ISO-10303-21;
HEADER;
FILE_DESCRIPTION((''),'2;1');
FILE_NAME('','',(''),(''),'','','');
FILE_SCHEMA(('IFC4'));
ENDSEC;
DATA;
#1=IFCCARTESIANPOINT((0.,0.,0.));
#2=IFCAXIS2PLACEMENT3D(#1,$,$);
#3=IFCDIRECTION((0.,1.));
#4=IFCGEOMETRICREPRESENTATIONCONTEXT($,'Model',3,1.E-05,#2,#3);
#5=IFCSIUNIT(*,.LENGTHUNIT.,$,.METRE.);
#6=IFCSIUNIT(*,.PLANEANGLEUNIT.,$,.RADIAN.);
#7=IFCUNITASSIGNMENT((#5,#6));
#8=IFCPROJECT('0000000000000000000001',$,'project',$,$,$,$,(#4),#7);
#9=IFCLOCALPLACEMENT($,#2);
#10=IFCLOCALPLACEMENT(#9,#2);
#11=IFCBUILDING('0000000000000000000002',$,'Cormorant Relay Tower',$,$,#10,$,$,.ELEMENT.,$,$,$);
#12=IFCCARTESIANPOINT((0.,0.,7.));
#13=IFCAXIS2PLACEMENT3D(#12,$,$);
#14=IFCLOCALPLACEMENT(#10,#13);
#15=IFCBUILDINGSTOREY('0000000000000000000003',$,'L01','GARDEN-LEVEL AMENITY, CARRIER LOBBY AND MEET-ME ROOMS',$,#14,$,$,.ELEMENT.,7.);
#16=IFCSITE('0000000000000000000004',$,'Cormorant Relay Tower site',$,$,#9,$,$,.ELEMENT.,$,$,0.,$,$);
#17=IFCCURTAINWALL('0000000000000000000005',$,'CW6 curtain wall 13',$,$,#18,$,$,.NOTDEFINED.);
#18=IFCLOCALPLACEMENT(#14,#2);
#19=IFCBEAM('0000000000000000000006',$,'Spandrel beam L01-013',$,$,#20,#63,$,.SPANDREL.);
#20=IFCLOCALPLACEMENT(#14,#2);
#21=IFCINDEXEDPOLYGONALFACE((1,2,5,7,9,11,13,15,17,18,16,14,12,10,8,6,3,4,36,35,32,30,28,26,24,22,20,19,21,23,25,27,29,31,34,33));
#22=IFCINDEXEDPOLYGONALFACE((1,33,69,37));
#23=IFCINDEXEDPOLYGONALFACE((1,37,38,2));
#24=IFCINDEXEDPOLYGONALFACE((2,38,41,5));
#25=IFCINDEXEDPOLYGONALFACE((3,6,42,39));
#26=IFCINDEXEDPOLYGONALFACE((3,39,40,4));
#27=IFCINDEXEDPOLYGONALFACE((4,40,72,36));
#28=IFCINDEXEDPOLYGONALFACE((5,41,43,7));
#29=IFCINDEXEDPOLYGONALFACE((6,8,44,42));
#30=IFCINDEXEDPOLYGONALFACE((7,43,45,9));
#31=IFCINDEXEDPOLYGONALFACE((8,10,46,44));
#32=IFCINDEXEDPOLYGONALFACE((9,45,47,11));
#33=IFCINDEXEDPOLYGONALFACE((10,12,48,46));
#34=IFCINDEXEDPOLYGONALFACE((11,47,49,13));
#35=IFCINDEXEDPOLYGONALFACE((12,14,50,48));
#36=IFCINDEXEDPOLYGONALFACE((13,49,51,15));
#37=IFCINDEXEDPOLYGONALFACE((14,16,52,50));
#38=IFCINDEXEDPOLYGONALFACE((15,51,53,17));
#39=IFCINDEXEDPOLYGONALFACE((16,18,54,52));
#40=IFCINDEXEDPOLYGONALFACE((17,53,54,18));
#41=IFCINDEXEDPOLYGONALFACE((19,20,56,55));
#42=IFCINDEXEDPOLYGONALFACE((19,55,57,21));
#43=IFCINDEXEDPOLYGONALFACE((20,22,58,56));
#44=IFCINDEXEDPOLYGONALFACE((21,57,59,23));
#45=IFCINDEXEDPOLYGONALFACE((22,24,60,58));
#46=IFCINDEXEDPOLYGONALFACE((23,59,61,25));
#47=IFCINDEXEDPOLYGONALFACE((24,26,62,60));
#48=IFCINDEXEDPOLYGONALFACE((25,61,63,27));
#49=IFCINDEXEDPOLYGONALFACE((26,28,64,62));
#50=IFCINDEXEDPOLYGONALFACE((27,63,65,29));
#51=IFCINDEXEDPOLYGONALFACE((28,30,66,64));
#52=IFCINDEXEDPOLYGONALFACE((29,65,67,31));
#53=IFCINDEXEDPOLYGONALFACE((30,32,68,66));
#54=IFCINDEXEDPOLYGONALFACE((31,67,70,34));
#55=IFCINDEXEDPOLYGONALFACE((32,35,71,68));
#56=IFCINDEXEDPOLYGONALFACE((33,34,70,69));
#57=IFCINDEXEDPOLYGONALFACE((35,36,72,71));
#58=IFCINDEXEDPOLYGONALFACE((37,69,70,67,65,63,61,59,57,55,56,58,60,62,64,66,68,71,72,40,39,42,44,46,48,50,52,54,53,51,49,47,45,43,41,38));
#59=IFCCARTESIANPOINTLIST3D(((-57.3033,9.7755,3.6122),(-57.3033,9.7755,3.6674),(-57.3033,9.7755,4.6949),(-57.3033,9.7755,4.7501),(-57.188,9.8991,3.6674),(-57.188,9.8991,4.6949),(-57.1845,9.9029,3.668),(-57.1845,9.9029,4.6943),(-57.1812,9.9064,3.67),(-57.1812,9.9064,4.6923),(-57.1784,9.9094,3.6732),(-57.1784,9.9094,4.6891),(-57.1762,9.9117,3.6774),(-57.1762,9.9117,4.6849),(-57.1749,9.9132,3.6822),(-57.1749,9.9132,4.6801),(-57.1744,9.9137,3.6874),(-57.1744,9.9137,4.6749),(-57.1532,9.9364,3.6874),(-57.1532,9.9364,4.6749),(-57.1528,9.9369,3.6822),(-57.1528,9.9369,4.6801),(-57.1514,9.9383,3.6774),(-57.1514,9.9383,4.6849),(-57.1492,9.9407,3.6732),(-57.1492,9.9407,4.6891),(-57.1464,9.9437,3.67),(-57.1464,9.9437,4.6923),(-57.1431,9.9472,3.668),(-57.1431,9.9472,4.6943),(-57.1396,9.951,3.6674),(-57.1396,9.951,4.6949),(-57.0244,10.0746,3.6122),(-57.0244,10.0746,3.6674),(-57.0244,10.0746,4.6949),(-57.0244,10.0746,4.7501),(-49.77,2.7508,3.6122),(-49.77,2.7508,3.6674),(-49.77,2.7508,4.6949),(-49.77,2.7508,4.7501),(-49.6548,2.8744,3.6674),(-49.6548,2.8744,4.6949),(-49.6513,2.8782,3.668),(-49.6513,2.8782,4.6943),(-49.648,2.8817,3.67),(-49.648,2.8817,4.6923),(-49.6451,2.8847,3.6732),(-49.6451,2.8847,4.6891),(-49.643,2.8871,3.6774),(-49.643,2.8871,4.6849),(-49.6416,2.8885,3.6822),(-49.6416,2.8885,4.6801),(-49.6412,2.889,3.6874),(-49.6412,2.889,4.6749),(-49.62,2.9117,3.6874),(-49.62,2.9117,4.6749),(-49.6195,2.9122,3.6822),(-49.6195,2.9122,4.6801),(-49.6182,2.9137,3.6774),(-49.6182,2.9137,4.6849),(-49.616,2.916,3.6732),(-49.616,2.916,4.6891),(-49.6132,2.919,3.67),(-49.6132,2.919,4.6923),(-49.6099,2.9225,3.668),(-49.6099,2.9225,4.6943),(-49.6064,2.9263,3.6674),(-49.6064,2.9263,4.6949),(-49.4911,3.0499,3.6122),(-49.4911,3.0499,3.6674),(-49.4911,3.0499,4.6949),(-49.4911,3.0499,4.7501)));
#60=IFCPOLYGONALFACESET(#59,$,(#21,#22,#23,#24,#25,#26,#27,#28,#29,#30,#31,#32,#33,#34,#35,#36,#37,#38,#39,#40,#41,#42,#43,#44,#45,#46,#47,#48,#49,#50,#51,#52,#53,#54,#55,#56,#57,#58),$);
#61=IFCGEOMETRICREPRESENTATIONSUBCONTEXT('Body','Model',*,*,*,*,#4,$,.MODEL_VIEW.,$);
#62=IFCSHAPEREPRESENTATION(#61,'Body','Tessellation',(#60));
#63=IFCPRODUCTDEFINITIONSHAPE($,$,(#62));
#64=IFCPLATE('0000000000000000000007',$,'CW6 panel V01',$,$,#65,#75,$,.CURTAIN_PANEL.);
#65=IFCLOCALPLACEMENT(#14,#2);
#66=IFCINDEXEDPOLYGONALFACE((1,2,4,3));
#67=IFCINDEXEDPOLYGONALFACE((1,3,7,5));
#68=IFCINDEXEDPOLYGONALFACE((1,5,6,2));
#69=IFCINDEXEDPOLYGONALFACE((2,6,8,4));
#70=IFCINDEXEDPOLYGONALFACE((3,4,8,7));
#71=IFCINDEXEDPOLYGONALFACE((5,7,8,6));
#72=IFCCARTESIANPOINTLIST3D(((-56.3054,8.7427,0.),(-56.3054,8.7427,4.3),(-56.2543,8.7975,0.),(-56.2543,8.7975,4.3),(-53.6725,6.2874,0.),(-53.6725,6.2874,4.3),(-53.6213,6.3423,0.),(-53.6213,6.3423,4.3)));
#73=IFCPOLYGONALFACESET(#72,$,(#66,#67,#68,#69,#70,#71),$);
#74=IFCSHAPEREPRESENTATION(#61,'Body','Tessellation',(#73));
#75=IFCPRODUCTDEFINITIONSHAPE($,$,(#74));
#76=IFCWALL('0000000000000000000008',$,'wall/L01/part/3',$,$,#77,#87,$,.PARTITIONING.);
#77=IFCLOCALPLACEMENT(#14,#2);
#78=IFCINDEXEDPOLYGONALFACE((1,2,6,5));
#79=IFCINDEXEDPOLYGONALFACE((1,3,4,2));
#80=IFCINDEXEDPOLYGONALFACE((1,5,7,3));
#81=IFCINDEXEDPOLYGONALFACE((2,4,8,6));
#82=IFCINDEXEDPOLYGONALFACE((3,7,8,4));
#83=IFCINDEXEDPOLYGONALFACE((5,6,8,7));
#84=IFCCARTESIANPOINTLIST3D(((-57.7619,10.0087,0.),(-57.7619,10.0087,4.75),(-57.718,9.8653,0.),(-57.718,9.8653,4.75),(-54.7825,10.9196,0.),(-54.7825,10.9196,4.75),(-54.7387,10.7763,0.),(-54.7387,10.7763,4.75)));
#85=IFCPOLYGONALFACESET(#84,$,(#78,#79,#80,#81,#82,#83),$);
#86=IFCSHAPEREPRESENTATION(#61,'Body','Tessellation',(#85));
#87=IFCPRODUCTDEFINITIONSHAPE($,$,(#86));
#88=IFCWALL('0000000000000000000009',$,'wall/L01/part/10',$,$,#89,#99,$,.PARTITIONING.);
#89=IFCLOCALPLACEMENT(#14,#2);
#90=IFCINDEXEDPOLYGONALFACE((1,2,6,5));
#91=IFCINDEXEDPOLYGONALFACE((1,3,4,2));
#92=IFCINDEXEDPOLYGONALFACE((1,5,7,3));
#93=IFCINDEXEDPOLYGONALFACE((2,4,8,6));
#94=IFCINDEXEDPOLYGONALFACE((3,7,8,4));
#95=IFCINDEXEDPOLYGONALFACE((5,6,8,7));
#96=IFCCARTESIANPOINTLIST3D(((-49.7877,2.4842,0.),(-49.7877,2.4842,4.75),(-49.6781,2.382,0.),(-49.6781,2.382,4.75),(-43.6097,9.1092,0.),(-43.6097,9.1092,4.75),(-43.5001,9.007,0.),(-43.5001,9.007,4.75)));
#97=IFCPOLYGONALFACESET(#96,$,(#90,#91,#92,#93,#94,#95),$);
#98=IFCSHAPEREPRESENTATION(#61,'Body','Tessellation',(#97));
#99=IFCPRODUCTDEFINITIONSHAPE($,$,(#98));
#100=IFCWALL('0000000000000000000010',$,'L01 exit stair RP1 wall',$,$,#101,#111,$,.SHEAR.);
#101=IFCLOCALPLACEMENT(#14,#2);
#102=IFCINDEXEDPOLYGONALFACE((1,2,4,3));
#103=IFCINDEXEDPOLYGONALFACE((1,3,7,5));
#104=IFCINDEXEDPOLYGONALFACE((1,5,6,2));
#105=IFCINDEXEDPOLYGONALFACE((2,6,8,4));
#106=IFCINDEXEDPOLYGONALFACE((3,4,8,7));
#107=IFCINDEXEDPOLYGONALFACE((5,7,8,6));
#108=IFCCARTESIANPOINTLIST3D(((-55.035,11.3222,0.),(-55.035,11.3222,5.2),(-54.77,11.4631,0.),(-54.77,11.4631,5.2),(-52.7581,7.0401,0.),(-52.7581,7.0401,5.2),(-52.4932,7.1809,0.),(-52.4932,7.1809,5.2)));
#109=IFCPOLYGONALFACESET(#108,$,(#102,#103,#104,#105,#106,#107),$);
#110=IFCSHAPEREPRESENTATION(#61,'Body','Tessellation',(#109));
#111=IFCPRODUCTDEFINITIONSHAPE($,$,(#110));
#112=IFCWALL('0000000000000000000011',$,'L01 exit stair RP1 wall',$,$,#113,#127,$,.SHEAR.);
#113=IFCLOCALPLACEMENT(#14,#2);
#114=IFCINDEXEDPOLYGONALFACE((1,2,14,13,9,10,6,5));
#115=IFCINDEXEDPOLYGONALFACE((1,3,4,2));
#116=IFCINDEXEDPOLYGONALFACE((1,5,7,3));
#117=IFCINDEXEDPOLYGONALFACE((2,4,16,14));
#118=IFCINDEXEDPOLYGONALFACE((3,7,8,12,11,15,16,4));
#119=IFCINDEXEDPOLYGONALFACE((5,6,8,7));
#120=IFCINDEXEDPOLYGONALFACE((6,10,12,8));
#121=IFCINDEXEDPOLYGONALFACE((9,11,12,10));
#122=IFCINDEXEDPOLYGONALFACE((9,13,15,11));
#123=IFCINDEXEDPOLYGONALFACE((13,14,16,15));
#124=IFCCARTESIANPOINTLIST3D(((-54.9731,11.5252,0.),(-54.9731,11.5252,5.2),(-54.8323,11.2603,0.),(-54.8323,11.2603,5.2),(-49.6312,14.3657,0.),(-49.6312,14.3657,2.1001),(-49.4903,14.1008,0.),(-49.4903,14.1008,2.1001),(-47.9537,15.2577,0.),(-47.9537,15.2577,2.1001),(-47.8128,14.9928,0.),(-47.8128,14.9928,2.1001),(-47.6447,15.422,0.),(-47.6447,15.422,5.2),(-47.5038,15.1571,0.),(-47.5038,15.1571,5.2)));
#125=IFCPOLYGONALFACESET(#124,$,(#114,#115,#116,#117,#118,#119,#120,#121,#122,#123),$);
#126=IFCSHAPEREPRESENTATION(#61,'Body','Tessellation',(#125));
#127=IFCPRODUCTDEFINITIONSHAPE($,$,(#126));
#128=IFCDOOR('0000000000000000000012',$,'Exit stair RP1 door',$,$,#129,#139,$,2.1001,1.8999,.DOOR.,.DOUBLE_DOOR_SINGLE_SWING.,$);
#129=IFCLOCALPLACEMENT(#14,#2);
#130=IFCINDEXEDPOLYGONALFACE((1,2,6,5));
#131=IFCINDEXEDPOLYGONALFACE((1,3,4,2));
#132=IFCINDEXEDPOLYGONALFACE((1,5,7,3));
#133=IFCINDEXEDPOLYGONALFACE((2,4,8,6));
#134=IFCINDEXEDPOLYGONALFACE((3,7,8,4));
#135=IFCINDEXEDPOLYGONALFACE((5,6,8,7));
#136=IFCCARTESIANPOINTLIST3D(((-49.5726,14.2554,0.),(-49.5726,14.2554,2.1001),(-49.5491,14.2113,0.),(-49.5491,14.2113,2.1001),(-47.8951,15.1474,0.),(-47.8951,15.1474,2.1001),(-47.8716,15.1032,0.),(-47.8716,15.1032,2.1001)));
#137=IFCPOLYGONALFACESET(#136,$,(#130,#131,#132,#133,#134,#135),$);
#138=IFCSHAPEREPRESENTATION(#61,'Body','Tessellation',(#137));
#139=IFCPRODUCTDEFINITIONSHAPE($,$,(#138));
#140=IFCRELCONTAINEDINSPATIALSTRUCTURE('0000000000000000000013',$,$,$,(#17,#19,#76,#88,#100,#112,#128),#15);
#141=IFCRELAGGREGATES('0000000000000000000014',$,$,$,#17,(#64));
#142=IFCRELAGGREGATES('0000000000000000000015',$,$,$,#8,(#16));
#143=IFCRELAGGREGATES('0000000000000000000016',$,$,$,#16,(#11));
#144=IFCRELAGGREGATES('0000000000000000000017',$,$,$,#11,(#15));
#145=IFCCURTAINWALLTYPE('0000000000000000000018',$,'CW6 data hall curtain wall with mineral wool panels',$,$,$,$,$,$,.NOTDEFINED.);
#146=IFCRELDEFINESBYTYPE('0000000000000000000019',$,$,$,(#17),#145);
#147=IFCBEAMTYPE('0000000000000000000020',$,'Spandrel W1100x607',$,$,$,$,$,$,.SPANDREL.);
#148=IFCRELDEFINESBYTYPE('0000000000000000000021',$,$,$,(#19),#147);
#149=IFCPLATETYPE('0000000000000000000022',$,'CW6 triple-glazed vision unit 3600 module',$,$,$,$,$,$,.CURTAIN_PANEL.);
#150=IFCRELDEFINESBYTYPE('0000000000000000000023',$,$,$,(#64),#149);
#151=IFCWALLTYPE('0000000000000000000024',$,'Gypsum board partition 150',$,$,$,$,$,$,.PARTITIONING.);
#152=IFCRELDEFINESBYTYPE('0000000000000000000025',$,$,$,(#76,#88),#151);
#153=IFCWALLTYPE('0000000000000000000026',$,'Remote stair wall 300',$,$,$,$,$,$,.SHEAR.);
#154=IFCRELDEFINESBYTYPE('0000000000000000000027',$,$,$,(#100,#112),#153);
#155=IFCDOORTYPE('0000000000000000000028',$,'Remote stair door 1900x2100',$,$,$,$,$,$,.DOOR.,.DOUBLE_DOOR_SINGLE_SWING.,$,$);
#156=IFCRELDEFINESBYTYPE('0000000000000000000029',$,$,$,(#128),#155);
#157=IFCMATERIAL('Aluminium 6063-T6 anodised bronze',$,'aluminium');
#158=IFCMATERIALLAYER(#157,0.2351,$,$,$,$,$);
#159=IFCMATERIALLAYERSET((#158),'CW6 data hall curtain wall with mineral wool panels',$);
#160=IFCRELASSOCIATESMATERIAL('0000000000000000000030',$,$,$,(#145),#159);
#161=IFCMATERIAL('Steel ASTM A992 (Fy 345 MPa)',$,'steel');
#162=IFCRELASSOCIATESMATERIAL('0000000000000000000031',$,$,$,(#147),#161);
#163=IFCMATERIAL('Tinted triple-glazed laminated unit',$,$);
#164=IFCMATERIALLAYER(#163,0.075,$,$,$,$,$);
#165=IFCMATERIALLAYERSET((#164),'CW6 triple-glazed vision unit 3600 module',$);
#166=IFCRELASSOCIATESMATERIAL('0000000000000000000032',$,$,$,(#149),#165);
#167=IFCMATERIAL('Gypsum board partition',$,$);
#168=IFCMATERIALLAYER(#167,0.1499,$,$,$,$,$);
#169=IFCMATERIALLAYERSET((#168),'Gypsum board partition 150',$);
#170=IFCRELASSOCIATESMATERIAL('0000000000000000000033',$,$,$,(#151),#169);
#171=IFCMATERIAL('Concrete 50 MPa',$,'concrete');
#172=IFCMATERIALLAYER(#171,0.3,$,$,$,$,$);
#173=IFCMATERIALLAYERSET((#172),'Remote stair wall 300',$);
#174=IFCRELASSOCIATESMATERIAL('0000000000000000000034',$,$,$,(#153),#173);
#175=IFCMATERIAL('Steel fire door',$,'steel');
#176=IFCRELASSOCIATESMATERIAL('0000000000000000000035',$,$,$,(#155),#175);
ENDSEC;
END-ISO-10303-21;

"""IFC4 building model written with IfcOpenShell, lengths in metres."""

from ifc_helpers import new_model, si_unit, direction, frame, frame_2d, origin, origin_2d, place, context, subcontext, project, spatial, rectangle, i_section, extrude, material, layer, layer_set, material_profile, profile_set, type_object, element, fill, aggregate, save


model = new_model("IFC4")

# Units and contexts
model_context = context("Model", 3, precision=1e-05, world=origin(), true_north=direction((0.0, 1.0)))
body_context = subcontext(model_context, "Body", "Model", "MODEL_VIEW")
ifc_project = project(units=[si_unit("LENGTHUNIT", "METRE"), si_unit("PLANEANGLEUNIT", "RADIAN")], contexts=[model_context])

# Site, building, storey
site_placement = place(None, origin())
site = spatial("IfcSite", under=ifc_project, at=site_placement, Name="Cormorant Relay Tower site", CompositionType="ELEMENT", RefElevation=0.0)
building_placement = place(site_placement, origin())
building = spatial("IfcBuilding", under=site, at=building_placement, Name="Cormorant Relay Tower", CompositionType="ELEMENT")
storey_placement = place(building_placement, frame((0.0, 0.0, 7.0)))
storey = spatial("IfcBuildingStorey", under=building, at=storey_placement, Name="L01", Description="GARDEN-LEVEL AMENITY, CARRIER LOBBY AND MEET-ME ROOMS", CompositionType="ELEMENT", Elevation=7.0)

# Curtain wall
ifc_material_1 = material(Name="Aluminium 6063-T6 anodised bronze", Category="aluminium")
ifc_layer_1 = layer(ifc_material_1, 0.2351)
ifc_layer_set_1 = layer_set([ifc_layer_1], Name="CW6 data hall curtain wall with mineral wool panels")
curtain_wall_type = type_object("IfcCurtainWallType", Name="CW6 data hall curtain wall with mineral wool panels", PredefinedType="NOTDEFINED", material=ifc_layer_set_1)
curtain_wall_1_placement = place(storey_placement, origin())
curtain_wall_1 = element("IfcCurtainWall", 1, at=curtain_wall_1_placement, inside=storey, type_object=curtain_wall_type, Name="CW6 curtain wall 13", PredefinedType="NOTDEFINED")

# Beam
ifc_material_2 = material(Name="Steel ASTM A992 (Fy 345 MPa)", Category="steel")
ifc_material_profile_1 = material_profile(ifc_material_2, i_section(OverallWidth=0.4089, OverallDepth=1.1379, WebThickness=0.031, FlangeThickness=0.0552, FilletRadius=0.02, at=origin_2d()), Name="W1100x607")
ifc_profile_set_1 = profile_set([ifc_material_profile_1], Name="Steel ASTM A992 (Fy 345 MPa)")
beam_type = type_object("IfcBeamType", Name="Spandrel W1100x607", PredefinedType="SPANDREL", material=ifc_profile_set_1)
beam_placement = place(storey_placement, frame((-57.1638, 9.925, 4.1812), z_axis=(0.731362, -0.68199, 0.0), x_axis=(0.68199, 0.731362, 0.0)))
element("IfcBeam", 2, at=beam_placement, inside=storey, type_object=beam_type, Name="Spandrel beam L01-013", PredefinedType="SPANDREL", context=body_context, shape_type="SweptSolid", body=[
    extrude(i_section(OverallWidth=0.4089, OverallDepth=1.1379, WebThickness=0.031, FlangeThickness=0.0552, FilletRadius=0.02, at=origin_2d()), origin(), (0.0, 0.0, 1.0), 10.3003),
])

# Plate
ifc_material_3 = material(Name="Tinted triple-glazed laminated unit")
ifc_layer_2 = layer(ifc_material_3, 0.075)
ifc_layer_set_2 = layer_set([ifc_layer_2], Name="CW6 triple-glazed vision unit 3600 module")
plate_type = type_object("IfcPlateType", Name="CW6 triple-glazed vision unit 3600 module", PredefinedType="CURTAIN_PANEL", material=ifc_layer_set_2)
plate_placement = place(storey_placement, frame((-54.9634, 7.5425, 0.0), z_axis=(0.0, 0.0, 1.0), x_axis=(0.731354, -0.681998, 0.0)))
plate = element("IfcPlate", 3, at=plate_placement, type_object=plate_type, Name="CW6 panel V01", PredefinedType="CURTAIN_PANEL", context=body_context, shape_type="SweptSolid", body=[
    extrude(rectangle(XDim=3.6001, YDim=0.075, at=origin_2d()), origin(), (0.0, 0.0, 1.0), 4.3),
])

# Walls
ifc_material_4 = material(Name="Gypsum board partition")
ifc_layer_3 = layer(ifc_material_4, 0.1499)
ifc_layer_set_3 = layer_set([ifc_layer_3], Name="Gypsum board partition 150")
wall_type_1 = type_object("IfcWallType", Name="Gypsum board partition 150", PredefinedType="PARTITIONING", material=ifc_layer_set_3)
wall_1_placement = place(storey_placement, frame((-54.7607, 10.8479, 0.0), z_axis=(0.0, 0.0, 1.0), x_axis=(-0.956301, -0.292384, 0.0)))
element("IfcWall", 4, at=wall_1_placement, inside=storey, type_object=wall_type_1, Name="wall/L01/part/3", PredefinedType="PARTITIONING", context=body_context, shape_type="SweptSolid", body=[
    extrude(rectangle(XDim=3.1155, YDim=0.1499, at=frame_2d((1.5576, 0.0))), origin(), (0.0, 0.0, 1.0), 4.75),
])
wall_2_placement = place(storey_placement, frame((-49.7329, 2.4331, 0.0), z_axis=(0.0, 0.0, 1.0), x_axis=(0.682002, 0.73135, 0.0)))
element("IfcWall", 5, at=wall_2_placement, inside=storey, type_object=wall_type_1, Name="wall/L01/part/10", PredefinedType="PARTITIONING", context=body_context, shape_type="SweptSolid", body=[
    extrude(rectangle(XDim=9.0586, YDim=0.1499, at=frame_2d((4.5293, 0.0))), origin(), (0.0, 0.0, 1.0), 4.75),
])
ifc_material_5 = material(Name="Concrete 50 MPa", Category="concrete")
ifc_layer_4 = layer(ifc_material_5, 0.3)
ifc_layer_set_4 = layer_set([ifc_layer_4], Name="Remote stair wall 300")
wall_type_2 = type_object("IfcWallType", Name="Remote stair wall 300", PredefinedType="SHEAR", material=ifc_layer_set_4)
wall_3_placement = place(storey_placement, frame((-52.6257, 7.1106, 0.0), z_axis=(0.0, 0.0, 1.0), x_axis=(-0.469464, 0.882951, 0.0)))
element("IfcWall", 6, at=wall_3_placement, inside=storey, type_object=wall_type_2, Name="L01 exit stair RP1 wall", PredefinedType="SHEAR", context=body_context, shape_type="SweptSolid", body=[
    extrude(rectangle(XDim=4.8499, YDim=0.3, at=frame_2d((2.4248, 0.0))), origin(), (0.0, 0.0, 1.0), 5.2),
])

# Wall, opening, door
wall_4_placement = place(storey_placement, frame((-54.9026, 11.3928, 0.0), z_axis=(0.0, 0.0, 1.0), x_axis=(0.882939, 0.469487, 0.0)))
wall_4 = element("IfcWall", 7, at=wall_4_placement, inside=storey, type_object=wall_type_2, Name="L01 exit stair RP1 wall", PredefinedType="SHEAR", context=body_context, shape_type="SweptSolid", body=[
    extrude(rectangle(XDim=8.3, YDim=0.3, at=frame_2d((4.1499, 0.0))), origin(), (0.0, 0.0, 1.0), 5.2),
])
opening_placement = place(wall_4_placement, frame((6.05, 0.0, 0.0)))
opening = element("IfcOpeningElement", 8, at=opening_placement, cuts=wall_4, PredefinedType="OPENING", context=body_context, shape_type="SweptSolid", body=[
    extrude(rectangle(XDim=1.8999, YDim=2.1001, at=frame_2d((0.95, 1.05))), frame((0.0, 0.1599, 0.0), z_axis=(0.0, -1.0, 0.0), x_axis=(1.0, 0.0, 0.0)), (0.0, 0.0, 1.0), 0.3201),
])
ifc_material_6 = material(Name="Steel fire door", Category="steel")
door_type = type_object("IfcDoorType", Name="Remote stair door 1900x2100", OperationType="DOUBLE_DOOR_SINGLE_SWING", PredefinedType="DOOR", material=ifc_material_6)
door_placement = place(opening_placement, frame((1.8999, 0.0, 0.0), z_axis=(0.0, 0.0, 1.0), x_axis=(-1.0, 0.0, 0.0)))
door = element("IfcDoor", 9, at=door_placement, inside=storey, type_object=door_type, Name="Exit stair RP1 door", OperationType="DOUBLE_DOOR_SINGLE_SWING", OverallHeight=2.1001, OverallWidth=1.8999, PredefinedType="DOOR", context=body_context, shape_type="SweptSolid", body=[
    extrude(rectangle(XDim=1.8999, YDim=2.1001, at=frame_2d((0.95, 1.05))), frame((0.0, 0.0249, 0.0), z_axis=(0.0, -1.0, 0.0), x_axis=(1.0, 0.0, 0.0)), (0.0, 0.0, 1.0), 0.05),
])
fill(opening, door)

aggregate(curtain_wall_1, [plate])

save(model, "model.ifc")
